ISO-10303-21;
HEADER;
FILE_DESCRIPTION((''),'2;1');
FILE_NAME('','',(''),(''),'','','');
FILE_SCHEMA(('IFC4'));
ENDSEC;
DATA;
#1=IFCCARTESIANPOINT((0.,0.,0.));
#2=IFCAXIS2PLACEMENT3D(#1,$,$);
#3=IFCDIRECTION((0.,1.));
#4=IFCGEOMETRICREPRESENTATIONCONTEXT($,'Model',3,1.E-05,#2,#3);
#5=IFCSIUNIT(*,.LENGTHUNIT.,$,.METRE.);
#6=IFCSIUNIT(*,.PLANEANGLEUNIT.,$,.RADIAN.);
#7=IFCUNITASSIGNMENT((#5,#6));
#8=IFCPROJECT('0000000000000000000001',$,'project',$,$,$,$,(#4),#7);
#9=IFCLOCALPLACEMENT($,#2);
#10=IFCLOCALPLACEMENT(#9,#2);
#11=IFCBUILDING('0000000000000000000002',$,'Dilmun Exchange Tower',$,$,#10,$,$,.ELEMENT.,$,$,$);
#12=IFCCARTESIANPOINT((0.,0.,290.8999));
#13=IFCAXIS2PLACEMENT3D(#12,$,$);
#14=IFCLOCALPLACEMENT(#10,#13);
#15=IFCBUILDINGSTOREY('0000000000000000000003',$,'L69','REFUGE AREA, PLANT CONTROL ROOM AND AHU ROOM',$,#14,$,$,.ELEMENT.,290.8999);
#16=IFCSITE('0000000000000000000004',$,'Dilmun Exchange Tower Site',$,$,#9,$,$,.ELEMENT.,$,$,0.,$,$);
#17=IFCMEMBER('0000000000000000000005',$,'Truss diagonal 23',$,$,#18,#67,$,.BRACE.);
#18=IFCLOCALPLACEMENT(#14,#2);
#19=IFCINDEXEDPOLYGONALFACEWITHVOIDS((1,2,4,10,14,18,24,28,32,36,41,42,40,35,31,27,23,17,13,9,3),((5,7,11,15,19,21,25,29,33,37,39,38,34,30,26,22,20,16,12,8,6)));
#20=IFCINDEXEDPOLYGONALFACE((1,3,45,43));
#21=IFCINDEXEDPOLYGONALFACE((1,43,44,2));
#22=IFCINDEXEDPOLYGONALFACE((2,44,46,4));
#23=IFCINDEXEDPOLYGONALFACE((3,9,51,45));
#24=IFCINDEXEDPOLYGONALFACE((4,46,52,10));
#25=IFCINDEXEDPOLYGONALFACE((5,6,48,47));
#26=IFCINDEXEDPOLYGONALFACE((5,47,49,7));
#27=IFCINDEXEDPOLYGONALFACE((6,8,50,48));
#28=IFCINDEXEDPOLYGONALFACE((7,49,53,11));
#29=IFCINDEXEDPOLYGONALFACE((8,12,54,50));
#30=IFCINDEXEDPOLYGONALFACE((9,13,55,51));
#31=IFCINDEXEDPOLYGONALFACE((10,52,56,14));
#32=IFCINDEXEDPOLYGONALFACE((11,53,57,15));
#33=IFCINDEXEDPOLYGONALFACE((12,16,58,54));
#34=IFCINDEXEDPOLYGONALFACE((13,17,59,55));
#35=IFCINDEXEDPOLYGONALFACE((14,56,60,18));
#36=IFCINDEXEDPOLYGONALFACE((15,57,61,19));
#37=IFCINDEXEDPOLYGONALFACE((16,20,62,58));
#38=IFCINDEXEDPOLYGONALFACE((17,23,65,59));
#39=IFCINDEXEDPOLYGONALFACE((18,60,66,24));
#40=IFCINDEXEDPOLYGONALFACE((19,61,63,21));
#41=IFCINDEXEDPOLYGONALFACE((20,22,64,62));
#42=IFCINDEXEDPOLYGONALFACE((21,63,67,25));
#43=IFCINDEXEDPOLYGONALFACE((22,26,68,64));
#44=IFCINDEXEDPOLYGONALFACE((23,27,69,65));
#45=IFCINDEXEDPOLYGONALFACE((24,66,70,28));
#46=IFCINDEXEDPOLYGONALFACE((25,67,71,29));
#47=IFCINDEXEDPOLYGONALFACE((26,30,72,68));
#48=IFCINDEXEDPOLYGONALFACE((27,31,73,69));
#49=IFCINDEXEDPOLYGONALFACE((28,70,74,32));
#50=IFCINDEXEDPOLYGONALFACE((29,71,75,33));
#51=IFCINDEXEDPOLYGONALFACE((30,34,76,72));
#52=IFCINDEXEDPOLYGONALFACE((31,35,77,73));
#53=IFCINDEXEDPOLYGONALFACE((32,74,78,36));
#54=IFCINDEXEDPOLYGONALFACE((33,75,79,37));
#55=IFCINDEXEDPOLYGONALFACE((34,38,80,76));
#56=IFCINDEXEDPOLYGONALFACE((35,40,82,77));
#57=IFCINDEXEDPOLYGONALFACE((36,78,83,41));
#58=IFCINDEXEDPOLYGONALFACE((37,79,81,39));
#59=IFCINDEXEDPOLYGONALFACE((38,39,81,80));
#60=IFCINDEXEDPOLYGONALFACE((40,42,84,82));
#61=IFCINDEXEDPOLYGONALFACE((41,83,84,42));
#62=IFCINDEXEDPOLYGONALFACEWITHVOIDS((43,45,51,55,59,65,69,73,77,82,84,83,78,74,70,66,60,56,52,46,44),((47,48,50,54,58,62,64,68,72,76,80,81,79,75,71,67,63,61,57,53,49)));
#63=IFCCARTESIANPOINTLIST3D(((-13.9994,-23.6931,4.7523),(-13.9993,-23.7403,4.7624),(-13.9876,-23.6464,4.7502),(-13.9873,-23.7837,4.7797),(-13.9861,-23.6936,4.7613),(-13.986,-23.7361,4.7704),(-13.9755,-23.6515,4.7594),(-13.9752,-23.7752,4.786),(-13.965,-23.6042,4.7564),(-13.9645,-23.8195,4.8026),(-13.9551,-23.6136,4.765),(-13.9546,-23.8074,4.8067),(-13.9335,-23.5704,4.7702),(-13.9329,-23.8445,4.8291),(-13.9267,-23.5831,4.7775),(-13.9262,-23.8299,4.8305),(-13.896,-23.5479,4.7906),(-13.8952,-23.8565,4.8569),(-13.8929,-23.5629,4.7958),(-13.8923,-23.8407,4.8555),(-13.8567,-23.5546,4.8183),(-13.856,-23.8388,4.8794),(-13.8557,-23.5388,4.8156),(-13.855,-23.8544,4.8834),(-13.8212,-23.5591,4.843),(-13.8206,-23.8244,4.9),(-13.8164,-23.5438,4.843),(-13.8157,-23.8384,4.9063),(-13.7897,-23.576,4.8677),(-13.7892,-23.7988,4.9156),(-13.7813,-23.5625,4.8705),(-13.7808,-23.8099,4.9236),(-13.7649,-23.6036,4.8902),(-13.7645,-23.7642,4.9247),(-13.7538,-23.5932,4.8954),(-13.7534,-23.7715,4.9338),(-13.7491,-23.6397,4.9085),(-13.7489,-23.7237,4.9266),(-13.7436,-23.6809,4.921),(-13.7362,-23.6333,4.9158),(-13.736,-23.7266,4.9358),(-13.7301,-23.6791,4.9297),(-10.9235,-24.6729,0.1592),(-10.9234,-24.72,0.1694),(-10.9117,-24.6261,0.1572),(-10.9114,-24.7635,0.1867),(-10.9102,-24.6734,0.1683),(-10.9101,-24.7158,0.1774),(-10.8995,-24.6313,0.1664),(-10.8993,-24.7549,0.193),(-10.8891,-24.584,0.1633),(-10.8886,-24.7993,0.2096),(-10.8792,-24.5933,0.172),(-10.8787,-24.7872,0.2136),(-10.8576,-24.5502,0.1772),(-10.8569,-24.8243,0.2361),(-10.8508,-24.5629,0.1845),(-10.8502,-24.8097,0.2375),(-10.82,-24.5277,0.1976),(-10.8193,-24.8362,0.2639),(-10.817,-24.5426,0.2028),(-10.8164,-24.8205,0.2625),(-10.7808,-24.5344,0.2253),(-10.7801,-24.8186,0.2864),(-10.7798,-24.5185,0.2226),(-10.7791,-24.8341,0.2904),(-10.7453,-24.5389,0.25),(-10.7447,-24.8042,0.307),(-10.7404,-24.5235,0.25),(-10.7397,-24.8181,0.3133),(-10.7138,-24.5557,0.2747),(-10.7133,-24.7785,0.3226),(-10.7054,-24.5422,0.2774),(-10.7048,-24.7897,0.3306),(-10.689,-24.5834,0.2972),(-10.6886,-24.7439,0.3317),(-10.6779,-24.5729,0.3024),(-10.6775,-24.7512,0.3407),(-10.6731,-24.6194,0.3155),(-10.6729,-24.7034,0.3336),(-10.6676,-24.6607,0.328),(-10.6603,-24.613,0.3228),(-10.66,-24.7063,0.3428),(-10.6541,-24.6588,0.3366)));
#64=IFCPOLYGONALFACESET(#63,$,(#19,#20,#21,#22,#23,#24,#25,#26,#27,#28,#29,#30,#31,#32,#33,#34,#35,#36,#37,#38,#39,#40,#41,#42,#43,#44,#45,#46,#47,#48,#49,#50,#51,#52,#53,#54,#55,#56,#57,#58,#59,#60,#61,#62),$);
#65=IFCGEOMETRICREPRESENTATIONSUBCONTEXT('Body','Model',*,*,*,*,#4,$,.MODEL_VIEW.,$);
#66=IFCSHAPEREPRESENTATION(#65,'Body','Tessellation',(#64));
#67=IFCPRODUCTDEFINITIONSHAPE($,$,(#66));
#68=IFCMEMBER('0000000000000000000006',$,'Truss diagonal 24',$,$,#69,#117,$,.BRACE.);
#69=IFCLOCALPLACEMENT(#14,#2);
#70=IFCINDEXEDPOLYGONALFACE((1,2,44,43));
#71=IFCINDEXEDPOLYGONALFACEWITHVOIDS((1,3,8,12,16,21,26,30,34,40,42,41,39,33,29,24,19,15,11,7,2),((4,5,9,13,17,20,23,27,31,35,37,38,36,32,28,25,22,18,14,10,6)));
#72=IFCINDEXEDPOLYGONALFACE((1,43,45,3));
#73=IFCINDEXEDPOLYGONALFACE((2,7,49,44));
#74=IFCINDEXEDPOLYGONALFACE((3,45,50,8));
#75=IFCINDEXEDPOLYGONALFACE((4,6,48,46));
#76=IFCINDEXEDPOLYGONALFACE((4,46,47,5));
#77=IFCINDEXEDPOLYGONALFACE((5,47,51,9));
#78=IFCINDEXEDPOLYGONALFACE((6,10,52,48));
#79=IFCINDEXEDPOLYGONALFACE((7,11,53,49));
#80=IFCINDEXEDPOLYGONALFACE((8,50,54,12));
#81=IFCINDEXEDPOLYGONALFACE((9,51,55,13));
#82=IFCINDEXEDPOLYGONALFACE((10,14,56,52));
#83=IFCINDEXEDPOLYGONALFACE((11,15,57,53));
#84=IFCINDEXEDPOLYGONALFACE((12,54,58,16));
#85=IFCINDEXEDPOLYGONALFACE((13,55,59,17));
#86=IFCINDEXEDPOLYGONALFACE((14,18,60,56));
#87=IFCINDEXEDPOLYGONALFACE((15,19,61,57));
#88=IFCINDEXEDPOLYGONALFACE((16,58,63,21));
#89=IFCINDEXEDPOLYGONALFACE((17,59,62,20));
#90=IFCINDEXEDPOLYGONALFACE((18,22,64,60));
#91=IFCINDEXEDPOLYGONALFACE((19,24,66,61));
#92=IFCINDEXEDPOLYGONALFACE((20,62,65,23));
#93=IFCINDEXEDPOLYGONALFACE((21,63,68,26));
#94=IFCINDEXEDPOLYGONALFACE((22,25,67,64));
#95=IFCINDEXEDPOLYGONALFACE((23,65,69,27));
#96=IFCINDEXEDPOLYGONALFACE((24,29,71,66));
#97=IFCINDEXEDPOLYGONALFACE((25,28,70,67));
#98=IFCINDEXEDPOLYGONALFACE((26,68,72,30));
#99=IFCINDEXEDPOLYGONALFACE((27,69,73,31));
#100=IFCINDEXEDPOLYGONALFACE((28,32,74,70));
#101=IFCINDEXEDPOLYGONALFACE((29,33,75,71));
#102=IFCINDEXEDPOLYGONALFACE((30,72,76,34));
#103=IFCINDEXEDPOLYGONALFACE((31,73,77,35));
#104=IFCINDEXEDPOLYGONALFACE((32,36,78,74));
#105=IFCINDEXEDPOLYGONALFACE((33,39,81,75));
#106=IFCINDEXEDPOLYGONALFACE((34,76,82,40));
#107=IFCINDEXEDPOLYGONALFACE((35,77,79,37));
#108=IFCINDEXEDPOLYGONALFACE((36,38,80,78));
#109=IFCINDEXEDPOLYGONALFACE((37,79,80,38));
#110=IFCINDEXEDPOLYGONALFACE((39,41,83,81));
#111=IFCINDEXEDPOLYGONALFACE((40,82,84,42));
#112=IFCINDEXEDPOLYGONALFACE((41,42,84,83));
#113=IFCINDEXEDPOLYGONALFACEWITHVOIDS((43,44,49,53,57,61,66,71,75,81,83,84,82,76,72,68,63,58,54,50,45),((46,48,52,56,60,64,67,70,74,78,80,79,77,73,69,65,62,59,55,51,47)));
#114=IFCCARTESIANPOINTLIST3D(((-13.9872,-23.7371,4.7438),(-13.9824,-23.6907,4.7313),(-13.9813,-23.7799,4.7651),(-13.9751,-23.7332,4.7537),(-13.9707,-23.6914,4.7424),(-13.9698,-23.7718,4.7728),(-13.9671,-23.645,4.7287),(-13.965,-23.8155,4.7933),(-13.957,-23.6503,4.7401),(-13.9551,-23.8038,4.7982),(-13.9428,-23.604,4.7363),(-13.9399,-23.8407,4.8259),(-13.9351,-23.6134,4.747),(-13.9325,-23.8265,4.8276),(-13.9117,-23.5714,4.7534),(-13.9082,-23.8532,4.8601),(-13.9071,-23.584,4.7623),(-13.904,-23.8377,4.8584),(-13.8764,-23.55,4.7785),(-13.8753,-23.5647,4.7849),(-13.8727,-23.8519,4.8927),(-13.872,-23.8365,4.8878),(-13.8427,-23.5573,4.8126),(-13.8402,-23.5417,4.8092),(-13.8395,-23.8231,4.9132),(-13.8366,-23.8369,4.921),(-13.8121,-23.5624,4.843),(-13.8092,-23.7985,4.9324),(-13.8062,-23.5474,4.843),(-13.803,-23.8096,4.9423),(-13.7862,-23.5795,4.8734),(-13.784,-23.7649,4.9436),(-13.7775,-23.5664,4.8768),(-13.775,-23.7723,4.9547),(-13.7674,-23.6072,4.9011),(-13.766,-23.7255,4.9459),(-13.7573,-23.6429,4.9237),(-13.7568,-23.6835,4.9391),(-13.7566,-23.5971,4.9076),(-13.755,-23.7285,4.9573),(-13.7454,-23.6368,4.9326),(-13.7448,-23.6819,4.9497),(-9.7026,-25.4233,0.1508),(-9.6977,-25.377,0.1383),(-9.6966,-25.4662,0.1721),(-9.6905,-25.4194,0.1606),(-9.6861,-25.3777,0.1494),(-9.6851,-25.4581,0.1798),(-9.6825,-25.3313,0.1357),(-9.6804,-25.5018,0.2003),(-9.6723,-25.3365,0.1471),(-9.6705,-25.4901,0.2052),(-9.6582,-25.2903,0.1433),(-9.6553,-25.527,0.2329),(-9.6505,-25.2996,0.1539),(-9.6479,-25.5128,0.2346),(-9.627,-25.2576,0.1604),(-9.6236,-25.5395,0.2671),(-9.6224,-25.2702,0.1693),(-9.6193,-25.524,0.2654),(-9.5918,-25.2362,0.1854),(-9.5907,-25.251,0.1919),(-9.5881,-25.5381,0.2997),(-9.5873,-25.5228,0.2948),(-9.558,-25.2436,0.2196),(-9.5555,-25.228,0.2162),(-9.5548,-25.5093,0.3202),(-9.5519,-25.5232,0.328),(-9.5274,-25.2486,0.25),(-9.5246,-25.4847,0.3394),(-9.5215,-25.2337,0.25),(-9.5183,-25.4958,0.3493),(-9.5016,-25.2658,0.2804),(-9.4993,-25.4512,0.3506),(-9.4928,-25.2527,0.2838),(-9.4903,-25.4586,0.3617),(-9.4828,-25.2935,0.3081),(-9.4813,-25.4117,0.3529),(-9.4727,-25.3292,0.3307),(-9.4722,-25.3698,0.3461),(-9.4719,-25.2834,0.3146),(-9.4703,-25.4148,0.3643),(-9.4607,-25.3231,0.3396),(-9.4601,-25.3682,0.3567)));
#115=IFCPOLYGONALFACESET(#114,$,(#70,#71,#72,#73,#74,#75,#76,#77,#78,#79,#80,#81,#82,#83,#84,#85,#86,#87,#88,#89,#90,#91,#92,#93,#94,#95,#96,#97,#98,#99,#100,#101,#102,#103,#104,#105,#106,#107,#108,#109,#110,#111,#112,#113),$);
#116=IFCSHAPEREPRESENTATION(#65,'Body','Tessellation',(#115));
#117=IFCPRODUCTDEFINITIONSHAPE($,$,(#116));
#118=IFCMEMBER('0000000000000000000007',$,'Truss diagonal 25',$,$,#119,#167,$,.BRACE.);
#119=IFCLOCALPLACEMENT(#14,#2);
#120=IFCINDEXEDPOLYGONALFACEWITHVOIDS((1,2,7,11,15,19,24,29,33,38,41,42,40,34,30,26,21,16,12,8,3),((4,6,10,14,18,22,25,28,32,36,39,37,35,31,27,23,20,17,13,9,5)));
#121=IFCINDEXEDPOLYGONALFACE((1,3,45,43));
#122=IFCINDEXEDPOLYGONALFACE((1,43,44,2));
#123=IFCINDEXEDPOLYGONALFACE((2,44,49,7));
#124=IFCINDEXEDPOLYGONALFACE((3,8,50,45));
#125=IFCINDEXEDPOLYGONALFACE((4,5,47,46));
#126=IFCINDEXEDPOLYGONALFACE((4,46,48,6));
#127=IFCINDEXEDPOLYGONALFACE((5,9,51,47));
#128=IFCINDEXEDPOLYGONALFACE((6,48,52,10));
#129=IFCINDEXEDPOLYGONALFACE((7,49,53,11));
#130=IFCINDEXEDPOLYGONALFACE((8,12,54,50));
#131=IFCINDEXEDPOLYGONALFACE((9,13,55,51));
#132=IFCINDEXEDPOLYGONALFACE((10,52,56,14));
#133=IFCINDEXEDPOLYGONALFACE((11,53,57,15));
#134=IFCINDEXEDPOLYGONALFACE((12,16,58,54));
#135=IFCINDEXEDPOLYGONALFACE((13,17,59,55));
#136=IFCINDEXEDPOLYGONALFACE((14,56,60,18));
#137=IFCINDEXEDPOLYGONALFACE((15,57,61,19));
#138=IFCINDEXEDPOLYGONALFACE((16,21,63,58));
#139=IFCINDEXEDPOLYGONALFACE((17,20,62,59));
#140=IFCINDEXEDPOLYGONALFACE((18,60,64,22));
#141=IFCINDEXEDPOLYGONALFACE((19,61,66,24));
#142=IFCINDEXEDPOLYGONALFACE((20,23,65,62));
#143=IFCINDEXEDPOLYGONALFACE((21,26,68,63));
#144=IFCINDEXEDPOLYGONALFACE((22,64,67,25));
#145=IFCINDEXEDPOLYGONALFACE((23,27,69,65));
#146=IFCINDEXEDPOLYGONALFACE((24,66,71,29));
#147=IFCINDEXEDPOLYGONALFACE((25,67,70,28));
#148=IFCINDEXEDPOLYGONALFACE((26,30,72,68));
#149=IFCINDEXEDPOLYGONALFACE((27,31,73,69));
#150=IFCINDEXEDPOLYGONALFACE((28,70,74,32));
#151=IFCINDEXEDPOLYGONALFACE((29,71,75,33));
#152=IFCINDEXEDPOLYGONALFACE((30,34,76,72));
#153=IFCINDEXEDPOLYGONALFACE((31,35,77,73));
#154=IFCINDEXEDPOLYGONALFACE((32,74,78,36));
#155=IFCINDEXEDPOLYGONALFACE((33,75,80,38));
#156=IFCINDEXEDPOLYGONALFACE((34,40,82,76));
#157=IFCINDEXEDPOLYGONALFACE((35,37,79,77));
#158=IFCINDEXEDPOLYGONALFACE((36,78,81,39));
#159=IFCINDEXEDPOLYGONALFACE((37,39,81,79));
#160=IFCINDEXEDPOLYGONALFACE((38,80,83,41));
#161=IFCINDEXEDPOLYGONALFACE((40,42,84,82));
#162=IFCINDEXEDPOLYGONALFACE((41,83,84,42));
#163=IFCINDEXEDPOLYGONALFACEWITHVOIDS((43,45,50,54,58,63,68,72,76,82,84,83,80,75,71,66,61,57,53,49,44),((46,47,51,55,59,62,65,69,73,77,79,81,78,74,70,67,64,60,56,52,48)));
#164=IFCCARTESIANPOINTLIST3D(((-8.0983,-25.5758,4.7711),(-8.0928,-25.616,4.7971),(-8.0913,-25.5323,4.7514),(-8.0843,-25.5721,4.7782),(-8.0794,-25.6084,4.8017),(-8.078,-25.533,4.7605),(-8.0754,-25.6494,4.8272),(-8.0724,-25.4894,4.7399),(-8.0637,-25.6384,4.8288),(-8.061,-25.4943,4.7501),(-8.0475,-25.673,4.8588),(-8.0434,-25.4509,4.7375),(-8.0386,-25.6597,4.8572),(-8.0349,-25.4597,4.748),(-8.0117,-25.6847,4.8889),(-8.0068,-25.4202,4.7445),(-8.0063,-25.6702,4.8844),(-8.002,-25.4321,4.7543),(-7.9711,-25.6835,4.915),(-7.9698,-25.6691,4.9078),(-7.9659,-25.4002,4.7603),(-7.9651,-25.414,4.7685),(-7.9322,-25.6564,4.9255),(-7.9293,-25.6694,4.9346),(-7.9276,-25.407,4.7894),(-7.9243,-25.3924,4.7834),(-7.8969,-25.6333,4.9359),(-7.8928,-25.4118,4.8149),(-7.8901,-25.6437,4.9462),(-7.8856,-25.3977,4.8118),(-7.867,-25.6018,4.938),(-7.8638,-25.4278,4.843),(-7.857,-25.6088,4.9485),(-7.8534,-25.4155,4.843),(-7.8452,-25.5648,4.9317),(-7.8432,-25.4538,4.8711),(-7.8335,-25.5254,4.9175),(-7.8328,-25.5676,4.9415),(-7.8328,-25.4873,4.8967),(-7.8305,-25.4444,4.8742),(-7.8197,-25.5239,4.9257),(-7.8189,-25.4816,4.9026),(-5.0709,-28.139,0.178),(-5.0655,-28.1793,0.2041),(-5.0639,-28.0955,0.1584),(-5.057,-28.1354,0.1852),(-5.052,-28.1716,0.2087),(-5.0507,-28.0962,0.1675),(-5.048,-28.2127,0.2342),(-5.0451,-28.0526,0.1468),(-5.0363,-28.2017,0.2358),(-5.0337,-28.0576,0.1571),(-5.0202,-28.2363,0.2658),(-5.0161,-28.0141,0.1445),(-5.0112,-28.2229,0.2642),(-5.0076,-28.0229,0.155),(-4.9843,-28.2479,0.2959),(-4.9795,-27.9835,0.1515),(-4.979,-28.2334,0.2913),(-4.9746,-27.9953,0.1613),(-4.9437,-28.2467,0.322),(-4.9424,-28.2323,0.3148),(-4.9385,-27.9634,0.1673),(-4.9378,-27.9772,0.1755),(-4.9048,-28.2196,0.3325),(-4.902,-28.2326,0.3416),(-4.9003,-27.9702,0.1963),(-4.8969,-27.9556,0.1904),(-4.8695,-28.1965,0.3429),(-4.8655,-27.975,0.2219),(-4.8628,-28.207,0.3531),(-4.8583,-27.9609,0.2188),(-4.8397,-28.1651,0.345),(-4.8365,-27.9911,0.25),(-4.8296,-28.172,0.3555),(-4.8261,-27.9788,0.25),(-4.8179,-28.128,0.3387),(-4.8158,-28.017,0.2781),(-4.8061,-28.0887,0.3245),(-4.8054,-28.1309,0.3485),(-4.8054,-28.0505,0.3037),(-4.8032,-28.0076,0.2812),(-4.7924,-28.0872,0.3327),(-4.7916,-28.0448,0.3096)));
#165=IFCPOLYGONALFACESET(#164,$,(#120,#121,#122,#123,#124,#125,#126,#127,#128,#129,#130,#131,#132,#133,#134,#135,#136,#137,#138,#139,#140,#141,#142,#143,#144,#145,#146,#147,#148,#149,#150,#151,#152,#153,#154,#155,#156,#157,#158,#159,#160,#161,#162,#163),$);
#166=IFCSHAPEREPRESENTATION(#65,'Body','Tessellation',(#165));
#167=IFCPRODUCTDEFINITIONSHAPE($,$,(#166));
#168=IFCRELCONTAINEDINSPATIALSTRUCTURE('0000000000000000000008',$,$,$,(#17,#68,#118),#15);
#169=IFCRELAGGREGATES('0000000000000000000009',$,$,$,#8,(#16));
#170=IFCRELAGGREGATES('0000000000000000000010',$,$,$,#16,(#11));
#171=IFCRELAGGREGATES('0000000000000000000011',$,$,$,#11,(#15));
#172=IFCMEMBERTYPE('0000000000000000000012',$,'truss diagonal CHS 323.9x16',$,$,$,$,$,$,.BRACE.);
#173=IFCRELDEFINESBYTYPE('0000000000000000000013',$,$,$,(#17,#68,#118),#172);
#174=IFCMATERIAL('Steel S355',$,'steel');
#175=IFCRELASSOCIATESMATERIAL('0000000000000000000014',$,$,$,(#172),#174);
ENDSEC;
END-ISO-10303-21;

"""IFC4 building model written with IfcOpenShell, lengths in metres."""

from ifc_helpers import new_model, si_unit, direction, frame, origin, origin_2d, place, context, subcontext, project, spatial, hollow_circle, extrude, material, material_profile, profile_set, type_object, element, save


model = new_model("IFC4")

# Units and contexts
model_context = context("Model", 3, precision=1e-05, world=origin(), true_north=direction((0.0, 1.0)))
body_context = subcontext(model_context, "Body", "Model", "MODEL_VIEW")
ifc_project = project(units=[si_unit("LENGTHUNIT", "METRE"), si_unit("PLANEANGLEUNIT", "RADIAN")], contexts=[model_context])

# Site, building, storey
site_placement = place(None, origin())
site = spatial("IfcSite", under=ifc_project, at=site_placement, Name="Dilmun Exchange Tower Site", CompositionType="ELEMENT", RefElevation=0.0)
building_placement = place(site_placement, origin())
building = spatial("IfcBuilding", under=site, at=building_placement, Name="Dilmun Exchange Tower", CompositionType="ELEMENT")
storey_placement = place(building_placement, frame((0.0, 0.0, 290.8999)))
storey = spatial("IfcBuildingStorey", under=building, at=storey_placement, Name="L69", Description="REFUGE AREA, PLANT CONTROL ROOM AND AHU ROOM", CompositionType="ELEMENT", Elevation=290.8999)

# Shared definitions
ifc_material_1 = material(Name="Steel S355", Category="steel")

# Members
ifc_material_profile_1 = material_profile(ifc_material_1, hollow_circle(Radius=0.1619, WallThickness=0.0161, at=origin_2d()), Name="CHS 323.9x16")
ifc_profile_set_1 = profile_set([ifc_material_profile_1], Name="Steel S355")
member_type = type_object("IfcMemberType", Name="truss diagonal CHS 323.9x16", PredefinedType="BRACE", material=ifc_profile_set_1)
member_1_placement = place(storey_placement, frame((-13.8655, -23.698, 4.843), z_axis=(0.547903, -0.174517, -0.818136), x_axis=(0.303494, 0.952833, 0.0)))
element("IfcMember", 1, at=member_1_placement, inside=storey, type_object=member_type, Name="Truss diagonal 23", PredefinedType="BRACE", context=body_context, shape_type="SweptSolid", body=[
    extrude(hollow_circle(Radius=0.1619, WallThickness=0.0161, at=origin_2d()), origin(), (0.0, 0.0, 1.0), 5.614),
])
member_2_placement = place(storey_placement, frame((-13.8655, -23.698, 4.843), z_axis=(0.658808, -0.259281, -0.706219), x_axis=(0.36622, 0.930528, 0.0)))
element("IfcMember", 2, at=member_2_placement, inside=storey, type_object=member_type, Name="Truss diagonal 24", PredefinedType="BRACE", context=body_context, shape_type="SweptSolid", body=[
    extrude(hollow_circle(Radius=0.1619, WallThickness=0.0161, at=origin_2d()), origin(), (0.0, 0.0, 1.0), 6.5037),
])
member_3_placement = place(storey_placement, frame((-7.958, -25.5391, 4.843), z_axis=(0.498834, -0.42236, -0.75682), x_axis=(0.646182, 0.763183, 0.0)))
element("IfcMember", 3, at=member_3_placement, inside=storey, type_object=member_type, Name="Truss diagonal 25", PredefinedType="BRACE", context=body_context, shape_type="SweptSolid", body=[
    extrude(hollow_circle(Radius=0.1619, WallThickness=0.0161, at=origin_2d()), origin(), (0.0, 0.0, 1.0), 6.0688),
])

save(model, "model.ifc")
